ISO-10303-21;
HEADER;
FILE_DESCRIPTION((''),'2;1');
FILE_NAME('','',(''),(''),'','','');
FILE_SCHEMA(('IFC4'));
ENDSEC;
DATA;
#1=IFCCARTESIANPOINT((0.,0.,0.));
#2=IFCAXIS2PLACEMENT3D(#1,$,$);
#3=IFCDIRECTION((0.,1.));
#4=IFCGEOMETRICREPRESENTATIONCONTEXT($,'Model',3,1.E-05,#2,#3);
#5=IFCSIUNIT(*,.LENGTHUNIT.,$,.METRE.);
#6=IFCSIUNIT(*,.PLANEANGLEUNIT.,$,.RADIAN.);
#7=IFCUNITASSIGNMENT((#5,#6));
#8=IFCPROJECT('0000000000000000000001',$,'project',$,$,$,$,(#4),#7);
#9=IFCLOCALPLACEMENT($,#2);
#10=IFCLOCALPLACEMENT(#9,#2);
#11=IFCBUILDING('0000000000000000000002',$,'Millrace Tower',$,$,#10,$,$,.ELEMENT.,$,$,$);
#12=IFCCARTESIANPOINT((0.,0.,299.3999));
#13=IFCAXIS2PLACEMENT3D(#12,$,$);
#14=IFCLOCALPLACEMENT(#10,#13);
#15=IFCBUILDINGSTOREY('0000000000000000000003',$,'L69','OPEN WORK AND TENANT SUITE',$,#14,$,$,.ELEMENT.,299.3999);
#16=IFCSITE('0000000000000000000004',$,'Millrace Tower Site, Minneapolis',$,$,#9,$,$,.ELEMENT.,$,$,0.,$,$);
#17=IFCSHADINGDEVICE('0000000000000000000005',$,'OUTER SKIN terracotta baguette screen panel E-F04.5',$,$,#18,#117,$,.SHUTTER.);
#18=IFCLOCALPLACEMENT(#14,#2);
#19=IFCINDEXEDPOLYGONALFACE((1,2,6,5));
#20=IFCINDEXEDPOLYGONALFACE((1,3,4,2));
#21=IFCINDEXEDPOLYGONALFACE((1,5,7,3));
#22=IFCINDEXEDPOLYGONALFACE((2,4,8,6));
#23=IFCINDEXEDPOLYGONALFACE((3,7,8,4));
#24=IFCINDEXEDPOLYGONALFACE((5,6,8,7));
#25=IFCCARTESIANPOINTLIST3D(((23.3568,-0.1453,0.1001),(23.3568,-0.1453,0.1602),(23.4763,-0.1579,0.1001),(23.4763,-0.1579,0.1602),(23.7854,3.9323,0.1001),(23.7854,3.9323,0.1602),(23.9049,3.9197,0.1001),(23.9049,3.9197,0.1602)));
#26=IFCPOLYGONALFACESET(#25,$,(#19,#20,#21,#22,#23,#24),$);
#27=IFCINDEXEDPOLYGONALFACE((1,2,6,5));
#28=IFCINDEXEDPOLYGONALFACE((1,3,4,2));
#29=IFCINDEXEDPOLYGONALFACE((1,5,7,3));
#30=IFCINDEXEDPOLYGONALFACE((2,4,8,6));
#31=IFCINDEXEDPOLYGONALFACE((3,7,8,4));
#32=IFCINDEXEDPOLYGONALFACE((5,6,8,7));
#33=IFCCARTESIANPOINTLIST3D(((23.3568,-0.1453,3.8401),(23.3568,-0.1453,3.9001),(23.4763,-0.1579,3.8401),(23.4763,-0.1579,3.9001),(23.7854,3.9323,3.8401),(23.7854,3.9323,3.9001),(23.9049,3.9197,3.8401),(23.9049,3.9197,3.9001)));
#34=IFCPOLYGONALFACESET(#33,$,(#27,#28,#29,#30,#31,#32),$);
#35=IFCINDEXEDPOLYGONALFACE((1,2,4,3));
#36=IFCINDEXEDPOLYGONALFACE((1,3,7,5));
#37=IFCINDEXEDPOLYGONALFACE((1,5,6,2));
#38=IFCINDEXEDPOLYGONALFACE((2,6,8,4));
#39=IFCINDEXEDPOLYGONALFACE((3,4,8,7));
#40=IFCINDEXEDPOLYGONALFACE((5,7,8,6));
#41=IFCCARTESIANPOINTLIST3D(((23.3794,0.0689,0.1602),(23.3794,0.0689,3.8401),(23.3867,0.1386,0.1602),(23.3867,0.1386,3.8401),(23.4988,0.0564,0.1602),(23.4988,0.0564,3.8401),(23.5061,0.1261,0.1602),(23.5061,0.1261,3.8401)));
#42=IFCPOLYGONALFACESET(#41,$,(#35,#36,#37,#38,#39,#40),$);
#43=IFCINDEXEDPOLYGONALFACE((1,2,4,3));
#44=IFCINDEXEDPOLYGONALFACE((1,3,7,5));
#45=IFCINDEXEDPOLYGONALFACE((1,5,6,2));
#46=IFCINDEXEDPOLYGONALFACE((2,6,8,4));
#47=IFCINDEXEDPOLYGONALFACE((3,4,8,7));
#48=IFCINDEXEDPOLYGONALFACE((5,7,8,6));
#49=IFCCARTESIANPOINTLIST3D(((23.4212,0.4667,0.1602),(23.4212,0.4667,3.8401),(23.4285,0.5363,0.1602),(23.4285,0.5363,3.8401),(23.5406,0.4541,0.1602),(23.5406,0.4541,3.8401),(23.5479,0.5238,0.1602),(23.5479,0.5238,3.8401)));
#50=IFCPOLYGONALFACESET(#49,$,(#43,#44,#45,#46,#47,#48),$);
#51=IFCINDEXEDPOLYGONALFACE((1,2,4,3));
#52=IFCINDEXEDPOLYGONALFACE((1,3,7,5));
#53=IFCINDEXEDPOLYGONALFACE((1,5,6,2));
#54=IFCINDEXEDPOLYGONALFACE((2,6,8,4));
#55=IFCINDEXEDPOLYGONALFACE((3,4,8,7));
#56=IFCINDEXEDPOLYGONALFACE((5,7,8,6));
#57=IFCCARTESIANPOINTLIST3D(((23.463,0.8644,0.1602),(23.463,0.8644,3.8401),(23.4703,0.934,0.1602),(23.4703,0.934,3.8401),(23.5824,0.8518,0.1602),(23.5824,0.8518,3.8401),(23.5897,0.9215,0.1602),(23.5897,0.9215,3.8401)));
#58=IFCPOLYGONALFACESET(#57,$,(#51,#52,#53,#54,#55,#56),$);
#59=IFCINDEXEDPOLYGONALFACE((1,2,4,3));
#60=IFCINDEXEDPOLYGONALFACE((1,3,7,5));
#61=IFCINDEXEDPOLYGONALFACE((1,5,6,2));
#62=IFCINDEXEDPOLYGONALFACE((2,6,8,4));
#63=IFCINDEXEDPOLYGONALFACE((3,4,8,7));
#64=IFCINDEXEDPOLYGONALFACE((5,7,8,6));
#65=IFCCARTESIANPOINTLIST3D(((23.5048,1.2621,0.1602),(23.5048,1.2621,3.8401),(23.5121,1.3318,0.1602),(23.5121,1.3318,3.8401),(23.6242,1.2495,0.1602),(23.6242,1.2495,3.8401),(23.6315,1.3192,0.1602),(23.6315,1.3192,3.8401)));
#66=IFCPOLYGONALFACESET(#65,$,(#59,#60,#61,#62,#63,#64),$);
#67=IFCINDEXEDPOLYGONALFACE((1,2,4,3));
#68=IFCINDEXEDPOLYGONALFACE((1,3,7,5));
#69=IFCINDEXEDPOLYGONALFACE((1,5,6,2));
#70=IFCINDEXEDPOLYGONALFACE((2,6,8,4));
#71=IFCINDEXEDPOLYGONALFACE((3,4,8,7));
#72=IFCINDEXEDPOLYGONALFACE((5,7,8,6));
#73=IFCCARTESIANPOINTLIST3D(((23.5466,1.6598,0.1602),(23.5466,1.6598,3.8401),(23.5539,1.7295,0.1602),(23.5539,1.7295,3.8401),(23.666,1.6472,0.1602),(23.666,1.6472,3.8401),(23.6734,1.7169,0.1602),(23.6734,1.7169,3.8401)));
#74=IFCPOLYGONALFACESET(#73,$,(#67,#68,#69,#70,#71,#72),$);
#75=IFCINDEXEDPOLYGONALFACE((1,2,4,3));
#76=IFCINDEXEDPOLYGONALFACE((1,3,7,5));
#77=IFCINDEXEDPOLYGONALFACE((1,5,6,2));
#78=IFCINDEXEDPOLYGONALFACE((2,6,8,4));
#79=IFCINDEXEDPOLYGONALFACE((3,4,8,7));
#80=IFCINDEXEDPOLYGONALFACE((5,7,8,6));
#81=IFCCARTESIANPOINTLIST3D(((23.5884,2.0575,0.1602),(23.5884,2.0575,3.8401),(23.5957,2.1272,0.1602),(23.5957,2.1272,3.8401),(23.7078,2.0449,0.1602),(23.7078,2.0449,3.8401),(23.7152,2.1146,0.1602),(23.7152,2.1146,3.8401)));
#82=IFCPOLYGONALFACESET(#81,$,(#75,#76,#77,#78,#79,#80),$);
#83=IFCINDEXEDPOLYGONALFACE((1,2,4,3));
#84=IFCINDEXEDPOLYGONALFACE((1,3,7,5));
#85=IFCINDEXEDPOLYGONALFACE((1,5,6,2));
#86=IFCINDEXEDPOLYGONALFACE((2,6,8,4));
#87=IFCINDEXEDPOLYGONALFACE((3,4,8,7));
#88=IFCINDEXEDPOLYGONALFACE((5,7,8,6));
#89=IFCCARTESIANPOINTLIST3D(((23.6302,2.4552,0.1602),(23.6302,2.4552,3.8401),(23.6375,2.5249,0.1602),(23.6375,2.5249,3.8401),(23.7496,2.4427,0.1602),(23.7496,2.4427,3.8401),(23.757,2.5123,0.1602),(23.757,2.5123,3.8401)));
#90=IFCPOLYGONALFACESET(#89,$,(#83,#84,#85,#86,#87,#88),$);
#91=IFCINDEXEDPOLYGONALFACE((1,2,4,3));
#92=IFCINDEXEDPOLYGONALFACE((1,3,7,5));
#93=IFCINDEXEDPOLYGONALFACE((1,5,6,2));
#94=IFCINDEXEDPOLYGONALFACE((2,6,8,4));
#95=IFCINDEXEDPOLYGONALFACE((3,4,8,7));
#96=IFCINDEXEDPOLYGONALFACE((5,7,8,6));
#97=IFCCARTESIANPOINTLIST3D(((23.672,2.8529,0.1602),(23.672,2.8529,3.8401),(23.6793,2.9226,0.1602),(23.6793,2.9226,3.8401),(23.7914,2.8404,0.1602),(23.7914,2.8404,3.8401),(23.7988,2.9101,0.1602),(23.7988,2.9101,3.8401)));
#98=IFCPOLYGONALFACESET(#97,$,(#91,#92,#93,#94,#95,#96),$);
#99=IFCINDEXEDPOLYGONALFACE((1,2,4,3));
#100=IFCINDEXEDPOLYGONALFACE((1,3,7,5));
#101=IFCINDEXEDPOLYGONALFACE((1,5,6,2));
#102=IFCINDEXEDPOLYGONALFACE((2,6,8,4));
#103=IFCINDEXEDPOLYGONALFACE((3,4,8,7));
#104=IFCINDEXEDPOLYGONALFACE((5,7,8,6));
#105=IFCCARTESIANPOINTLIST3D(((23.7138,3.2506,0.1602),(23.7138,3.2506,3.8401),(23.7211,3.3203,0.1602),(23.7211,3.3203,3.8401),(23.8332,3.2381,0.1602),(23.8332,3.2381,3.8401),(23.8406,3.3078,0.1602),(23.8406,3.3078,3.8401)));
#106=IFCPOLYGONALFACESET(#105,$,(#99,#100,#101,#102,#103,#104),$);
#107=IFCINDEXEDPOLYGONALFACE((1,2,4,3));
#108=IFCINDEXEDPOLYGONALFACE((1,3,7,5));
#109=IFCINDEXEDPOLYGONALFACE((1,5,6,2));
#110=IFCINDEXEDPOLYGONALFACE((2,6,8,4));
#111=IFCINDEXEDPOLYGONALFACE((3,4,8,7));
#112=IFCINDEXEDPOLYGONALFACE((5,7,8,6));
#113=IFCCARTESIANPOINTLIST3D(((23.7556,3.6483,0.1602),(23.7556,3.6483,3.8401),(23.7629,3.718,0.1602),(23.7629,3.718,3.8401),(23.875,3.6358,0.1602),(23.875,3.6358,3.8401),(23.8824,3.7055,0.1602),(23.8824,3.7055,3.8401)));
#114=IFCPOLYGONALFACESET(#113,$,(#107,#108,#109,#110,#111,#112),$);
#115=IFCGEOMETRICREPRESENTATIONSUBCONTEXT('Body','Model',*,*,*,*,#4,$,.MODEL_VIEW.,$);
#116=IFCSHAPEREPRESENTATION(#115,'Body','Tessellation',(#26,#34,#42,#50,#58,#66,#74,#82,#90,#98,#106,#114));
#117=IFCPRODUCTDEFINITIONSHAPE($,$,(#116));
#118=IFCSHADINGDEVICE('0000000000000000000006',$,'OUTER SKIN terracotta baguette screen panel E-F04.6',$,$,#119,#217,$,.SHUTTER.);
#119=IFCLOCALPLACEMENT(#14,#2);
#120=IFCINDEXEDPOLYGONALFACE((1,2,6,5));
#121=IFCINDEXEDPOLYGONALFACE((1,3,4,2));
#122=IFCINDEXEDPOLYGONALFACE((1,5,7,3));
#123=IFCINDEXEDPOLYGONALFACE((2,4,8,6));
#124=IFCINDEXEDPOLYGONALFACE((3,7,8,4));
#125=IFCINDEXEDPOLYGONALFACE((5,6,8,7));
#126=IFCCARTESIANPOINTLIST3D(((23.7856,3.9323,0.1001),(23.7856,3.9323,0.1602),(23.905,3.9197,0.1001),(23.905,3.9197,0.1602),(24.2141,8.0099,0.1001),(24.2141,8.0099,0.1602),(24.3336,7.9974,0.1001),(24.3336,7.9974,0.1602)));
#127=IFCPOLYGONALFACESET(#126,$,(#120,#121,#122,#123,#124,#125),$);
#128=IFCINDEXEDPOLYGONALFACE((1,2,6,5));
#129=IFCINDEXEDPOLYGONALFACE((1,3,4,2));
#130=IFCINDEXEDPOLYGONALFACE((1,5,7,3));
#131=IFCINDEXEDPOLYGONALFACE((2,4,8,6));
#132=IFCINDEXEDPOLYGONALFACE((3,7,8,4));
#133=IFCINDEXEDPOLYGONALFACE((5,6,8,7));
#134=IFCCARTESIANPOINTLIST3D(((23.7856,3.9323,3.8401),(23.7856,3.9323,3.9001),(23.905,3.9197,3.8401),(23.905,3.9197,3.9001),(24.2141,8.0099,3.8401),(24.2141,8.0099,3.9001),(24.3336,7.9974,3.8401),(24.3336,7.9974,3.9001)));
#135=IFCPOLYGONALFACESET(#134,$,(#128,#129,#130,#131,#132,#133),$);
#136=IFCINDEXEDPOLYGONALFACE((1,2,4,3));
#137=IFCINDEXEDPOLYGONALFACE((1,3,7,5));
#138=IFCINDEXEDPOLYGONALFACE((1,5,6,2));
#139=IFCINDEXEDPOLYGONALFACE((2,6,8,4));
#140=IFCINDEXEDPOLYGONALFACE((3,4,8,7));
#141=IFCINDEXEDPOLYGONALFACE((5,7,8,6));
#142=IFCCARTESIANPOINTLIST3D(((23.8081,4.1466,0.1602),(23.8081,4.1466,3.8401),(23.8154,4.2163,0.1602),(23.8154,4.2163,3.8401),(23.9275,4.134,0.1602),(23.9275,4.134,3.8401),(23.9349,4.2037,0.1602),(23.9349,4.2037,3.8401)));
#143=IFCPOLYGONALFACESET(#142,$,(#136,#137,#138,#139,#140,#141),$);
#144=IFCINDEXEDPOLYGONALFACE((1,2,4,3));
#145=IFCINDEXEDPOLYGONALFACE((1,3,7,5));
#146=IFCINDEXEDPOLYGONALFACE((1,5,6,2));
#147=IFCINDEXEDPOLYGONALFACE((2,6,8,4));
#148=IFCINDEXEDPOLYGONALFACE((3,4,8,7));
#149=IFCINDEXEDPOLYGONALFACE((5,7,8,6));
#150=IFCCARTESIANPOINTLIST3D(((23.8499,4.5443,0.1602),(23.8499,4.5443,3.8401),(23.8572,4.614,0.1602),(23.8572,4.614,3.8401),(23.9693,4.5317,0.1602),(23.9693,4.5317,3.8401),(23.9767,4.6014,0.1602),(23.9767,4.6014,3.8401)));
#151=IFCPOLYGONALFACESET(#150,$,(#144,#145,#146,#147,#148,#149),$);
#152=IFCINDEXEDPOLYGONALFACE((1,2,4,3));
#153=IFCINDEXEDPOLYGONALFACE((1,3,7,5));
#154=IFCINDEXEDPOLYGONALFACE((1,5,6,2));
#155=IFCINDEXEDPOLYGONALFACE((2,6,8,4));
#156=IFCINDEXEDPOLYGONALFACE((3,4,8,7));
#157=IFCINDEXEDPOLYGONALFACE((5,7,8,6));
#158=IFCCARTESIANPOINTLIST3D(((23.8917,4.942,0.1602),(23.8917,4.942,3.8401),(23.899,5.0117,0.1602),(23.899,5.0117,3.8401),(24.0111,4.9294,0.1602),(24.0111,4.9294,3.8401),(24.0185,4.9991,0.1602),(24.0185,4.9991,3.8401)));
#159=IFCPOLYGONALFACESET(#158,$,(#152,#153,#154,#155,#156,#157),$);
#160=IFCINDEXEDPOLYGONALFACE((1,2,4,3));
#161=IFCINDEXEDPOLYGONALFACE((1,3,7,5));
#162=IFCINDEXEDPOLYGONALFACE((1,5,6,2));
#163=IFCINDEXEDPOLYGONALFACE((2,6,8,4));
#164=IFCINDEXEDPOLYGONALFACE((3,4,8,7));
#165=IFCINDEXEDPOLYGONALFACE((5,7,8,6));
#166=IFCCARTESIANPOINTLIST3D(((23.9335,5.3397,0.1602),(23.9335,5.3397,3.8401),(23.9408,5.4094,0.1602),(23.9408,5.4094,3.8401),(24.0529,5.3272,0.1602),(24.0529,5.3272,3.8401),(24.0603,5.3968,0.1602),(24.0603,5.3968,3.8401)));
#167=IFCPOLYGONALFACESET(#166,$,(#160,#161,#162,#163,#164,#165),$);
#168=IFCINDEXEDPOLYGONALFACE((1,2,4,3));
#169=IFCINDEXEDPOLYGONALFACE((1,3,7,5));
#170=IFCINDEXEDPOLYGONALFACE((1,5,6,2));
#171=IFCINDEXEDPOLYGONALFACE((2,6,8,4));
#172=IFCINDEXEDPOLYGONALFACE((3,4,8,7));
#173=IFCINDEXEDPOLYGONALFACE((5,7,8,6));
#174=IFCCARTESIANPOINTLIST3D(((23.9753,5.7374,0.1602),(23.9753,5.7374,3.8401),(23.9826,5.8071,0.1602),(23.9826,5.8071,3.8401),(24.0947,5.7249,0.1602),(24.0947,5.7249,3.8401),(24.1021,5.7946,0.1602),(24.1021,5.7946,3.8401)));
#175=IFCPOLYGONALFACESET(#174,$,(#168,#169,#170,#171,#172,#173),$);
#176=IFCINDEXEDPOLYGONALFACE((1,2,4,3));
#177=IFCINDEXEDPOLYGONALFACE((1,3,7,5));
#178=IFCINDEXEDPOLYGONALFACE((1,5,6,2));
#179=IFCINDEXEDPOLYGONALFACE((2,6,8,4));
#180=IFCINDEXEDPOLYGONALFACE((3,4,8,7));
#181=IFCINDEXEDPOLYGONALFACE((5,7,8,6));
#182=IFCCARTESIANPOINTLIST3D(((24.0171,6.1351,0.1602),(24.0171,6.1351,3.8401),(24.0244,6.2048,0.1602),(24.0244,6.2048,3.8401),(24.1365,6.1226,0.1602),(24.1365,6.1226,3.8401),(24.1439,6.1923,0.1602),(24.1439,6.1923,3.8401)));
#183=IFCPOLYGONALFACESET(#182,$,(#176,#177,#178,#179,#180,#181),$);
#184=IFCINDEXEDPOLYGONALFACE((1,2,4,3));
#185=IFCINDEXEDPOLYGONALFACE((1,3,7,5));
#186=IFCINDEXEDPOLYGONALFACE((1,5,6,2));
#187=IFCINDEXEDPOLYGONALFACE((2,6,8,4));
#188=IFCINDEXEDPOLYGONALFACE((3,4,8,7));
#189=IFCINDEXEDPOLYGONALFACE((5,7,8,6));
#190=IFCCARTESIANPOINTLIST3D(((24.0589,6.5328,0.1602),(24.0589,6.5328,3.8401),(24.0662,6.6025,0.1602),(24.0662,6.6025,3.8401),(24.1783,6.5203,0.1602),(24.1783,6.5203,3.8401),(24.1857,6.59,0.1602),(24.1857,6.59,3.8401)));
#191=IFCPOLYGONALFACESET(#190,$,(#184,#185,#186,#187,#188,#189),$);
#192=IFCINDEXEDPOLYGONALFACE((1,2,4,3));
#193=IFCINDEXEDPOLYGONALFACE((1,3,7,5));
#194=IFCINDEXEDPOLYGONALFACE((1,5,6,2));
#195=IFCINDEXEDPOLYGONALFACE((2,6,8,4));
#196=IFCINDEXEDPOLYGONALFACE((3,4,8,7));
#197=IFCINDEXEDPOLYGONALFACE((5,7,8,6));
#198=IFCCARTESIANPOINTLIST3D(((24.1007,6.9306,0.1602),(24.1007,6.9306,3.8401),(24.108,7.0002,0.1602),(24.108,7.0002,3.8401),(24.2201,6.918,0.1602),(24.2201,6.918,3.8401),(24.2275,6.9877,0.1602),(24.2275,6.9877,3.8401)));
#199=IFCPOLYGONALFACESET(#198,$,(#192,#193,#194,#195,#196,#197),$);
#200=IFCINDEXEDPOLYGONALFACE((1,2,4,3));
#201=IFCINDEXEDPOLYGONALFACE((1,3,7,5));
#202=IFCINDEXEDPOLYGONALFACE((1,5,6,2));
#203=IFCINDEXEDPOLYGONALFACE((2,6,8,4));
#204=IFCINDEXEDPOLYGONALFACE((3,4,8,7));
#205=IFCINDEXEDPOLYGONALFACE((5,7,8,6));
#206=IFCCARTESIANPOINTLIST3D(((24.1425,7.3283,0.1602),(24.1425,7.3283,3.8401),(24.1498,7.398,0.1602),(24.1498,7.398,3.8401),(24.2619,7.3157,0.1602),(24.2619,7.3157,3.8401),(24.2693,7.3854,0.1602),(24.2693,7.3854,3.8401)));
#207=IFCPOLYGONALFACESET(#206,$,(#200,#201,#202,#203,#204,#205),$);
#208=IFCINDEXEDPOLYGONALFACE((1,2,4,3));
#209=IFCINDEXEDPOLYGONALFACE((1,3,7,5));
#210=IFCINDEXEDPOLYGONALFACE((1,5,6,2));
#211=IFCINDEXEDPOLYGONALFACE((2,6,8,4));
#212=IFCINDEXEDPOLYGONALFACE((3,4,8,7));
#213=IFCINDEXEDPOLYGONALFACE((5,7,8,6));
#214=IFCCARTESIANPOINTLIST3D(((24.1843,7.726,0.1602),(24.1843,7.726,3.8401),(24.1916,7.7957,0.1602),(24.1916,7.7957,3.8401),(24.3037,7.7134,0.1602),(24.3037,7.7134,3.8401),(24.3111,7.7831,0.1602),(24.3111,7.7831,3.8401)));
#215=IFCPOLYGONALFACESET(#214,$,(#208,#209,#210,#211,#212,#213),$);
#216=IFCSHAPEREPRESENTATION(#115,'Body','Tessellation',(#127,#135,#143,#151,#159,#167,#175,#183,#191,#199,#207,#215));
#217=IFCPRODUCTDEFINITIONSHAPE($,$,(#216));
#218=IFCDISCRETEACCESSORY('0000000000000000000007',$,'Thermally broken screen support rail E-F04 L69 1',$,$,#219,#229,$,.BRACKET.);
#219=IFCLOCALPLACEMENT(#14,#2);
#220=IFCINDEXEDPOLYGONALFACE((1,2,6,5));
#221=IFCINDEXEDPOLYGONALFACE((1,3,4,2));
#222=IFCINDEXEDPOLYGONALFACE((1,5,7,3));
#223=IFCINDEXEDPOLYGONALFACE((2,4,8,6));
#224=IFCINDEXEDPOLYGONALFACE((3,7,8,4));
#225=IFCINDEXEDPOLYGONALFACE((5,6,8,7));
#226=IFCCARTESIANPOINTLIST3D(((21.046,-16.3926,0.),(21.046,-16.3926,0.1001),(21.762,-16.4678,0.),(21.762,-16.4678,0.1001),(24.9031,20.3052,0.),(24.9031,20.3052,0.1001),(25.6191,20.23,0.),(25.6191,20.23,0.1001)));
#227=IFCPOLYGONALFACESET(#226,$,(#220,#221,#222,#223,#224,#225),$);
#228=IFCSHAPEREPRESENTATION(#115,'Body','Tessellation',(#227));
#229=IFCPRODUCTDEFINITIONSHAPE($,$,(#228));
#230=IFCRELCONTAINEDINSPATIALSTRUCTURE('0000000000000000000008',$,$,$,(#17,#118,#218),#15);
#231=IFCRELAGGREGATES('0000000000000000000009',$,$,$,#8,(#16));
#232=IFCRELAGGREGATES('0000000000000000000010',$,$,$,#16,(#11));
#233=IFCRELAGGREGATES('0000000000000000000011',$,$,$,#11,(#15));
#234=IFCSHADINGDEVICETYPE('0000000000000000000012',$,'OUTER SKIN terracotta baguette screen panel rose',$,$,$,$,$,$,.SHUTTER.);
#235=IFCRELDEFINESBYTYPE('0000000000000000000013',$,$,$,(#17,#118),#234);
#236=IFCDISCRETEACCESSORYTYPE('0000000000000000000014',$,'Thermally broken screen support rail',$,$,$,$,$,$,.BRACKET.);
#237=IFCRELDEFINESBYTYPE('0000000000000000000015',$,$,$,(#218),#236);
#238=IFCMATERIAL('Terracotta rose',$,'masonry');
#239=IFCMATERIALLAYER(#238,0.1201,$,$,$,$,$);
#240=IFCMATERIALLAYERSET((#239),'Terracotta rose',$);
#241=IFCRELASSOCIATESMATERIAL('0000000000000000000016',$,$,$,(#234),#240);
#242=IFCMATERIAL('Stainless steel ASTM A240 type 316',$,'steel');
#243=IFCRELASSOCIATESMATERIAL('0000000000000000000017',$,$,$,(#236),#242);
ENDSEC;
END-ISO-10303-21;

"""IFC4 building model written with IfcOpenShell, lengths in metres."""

from ifc_helpers import new_model, entity, si_unit, direction, frame, frame_2d, origin, origin_2d, place, context, subcontext, project, spatial, rectangle, extrude, source, transform, mapped, material, layer, layer_set, type_object, element, save


model = new_model("IFC4")

# Units and contexts
model_context = context("Model", 3, precision=1e-05, world=origin(), true_north=direction((0.0, 1.0)))
body_context = subcontext(model_context, "Body", "Model", "MODEL_VIEW")
ifc_project = project(units=[si_unit("LENGTHUNIT", "METRE"), si_unit("PLANEANGLEUNIT", "RADIAN")], contexts=[model_context])

# Site, building, storey
site_placement = place(None, origin())
site = spatial("IfcSite", under=ifc_project, at=site_placement, Name="Millrace Tower Site, Minneapolis", CompositionType="ELEMENT", RefElevation=0.0)
building_placement = place(site_placement, origin())
building = spatial("IfcBuilding", under=site, at=building_placement, Name="Millrace Tower", CompositionType="ELEMENT")
storey_placement = place(building_placement, frame((0.0, 0.0, 299.3999)))
storey = spatial("IfcBuildingStorey", under=building, at=storey_placement, Name="L69", Description="OPEN WORK AND TENANT SUITE", CompositionType="ELEMENT", Elevation=299.3999)

# Shading devices
ifc_material_1 = material(Name="Terracotta rose", Category="masonry")
ifc_layer_1 = layer(ifc_material_1, 0.1201)
ifc_layer_set_1 = layer_set([ifc_layer_1], Name="Terracotta rose")
shading_device_type = type_object("IfcShadingDeviceType", Name="OUTER SKIN terracotta baguette screen panel rose", PredefinedType="SHUTTER", material=ifc_layer_set_1)
cartesian_point = entity("IfcCartesianPoint", [-2.05, 0.0601])
shared_polyline = entity("IfcPolyline", [cartesian_point, entity("IfcCartesianPoint", [2.05, 0.0601]), entity("IfcCartesianPoint", [2.05, -0.0601]), entity("IfcCartesianPoint", [-2.05, -0.0601]), cartesian_point])
shared_shape = source(origin(), body_context, "Body", "SweptSolid", [
    entity("IfcExtrudedAreaSolid", entity("IfcArbitraryClosedProfileDef", "AREA", None, shared_polyline), entity("IfcAxis2Placement3D", entity("IfcCartesianPoint", [0.0, 0.0, 0.0])), entity("IfcDirection", [0.0, 0.0, 1.0]), 0.0601),
    entity("IfcExtrudedAreaSolid", entity("IfcArbitraryClosedProfileDef", "AREA", None, shared_polyline), entity("IfcAxis2Placement3D", entity("IfcCartesianPoint", [0.0, 0.0, 3.74])), entity("IfcDirection", [0.0, 0.0, 1.0]), 0.0601),
    extrude(rectangle(XDim=0.0701, YDim=0.1201, at=frame_2d((-1.7996, 0.0))), frame((0.0, 0.0, 0.0601)), (0.0, 0.0, 1.0), 3.6799),
    extrude(rectangle(XDim=0.0701, YDim=0.1201, at=frame_2d((-1.3997, 0.0))), frame((0.0, 0.0, 0.0601)), (0.0, 0.0, 1.0), 3.6799),
    extrude(rectangle(XDim=0.0701, YDim=0.1201, at=frame_2d((-0.9998, 0.0))), frame((0.0, 0.0, 0.0601)), (0.0, 0.0, 1.0), 3.6799),
    extrude(rectangle(XDim=0.0701, YDim=0.1201, at=frame_2d((-0.5999, 0.0))), frame((0.0, 0.0, 0.0601)), (0.0, 0.0, 1.0), 3.6799),
    extrude(rectangle(XDim=0.0701, YDim=0.1201, at=frame_2d((-0.2, 0.0))), frame((0.0, 0.0, 0.0601)), (0.0, 0.0, 1.0), 3.6799),
    extrude(rectangle(XDim=0.0701, YDim=0.1201, at=frame_2d((0.2, 0.0))), frame((0.0, 0.0, 0.0601)), (0.0, 0.0, 1.0), 3.6799),
    extrude(rectangle(XDim=0.0701, YDim=0.1201, at=frame_2d((0.5999, 0.0))), frame((0.0, 0.0, 0.0601)), (0.0, 0.0, 1.0), 3.6799),
    extrude(rectangle(XDim=0.0701, YDim=0.1201, at=frame_2d((0.9998, 0.0))), frame((0.0, 0.0, 0.0601)), (0.0, 0.0, 1.0), 3.6799),
    extrude(rectangle(XDim=0.0701, YDim=0.1201, at=frame_2d((1.3997, 0.0))), frame((0.0, 0.0, 0.0601)), (0.0, 0.0, 1.0), 3.6799),
    extrude(rectangle(XDim=0.0701, YDim=0.1201, at=frame_2d((1.7996, 0.0))), frame((0.0, 0.0, 0.0601)), (0.0, 0.0, 1.0), 3.6799),
])
for number, where, z_axis, x_axis, name in (
    (1, (23.6309, 1.8872, 0.1001), (0.0, 0.0, 1.0), (0.104528, 0.994522, 0.0), "OUTER SKIN terracotta baguette screen panel E-F04.5"),
    (2, (24.0596, 5.9648, 0.1001), (0.0, 0.0, 1.0), (0.104528, 0.994522, 0.0), "OUTER SKIN terracotta baguette screen panel E-F04.6"),
):
    element("IfcShadingDevice", number, at=place(storey_placement, frame(where, z_axis=z_axis, x_axis=x_axis)), inside=storey, type_object=shading_device_type, Name=name, PredefinedType="SHUTTER", context=body_context, shape_type="MappedRepresentation", body=[
        mapped(shared_shape, transform((0.0, 0.0, 0.0), scale=1.0)),
    ])

# Discrete accessory
ifc_material_2 = material(Name="Stainless steel ASTM A240 type 316", Category="steel")
discrete_accessory_type = type_object("IfcDiscreteAccessoryType", Name="Thermally broken screen support rail", PredefinedType="BRACKET", material=ifc_material_2)
discrete_accessory_placement = place(storey_placement, frame((23.3325, 1.9187, 0.0), z_axis=(0.0, 0.0, 1.0), x_axis=(0.104528, 0.994522, 0.0)))
element("IfcDiscreteAccessory", 3, at=discrete_accessory_placement, inside=storey, type_object=discrete_accessory_type, Name="Thermally broken screen support rail E-F04 L69 1", PredefinedType="BRACKET", context=body_context, shape_type="SweptSolid", body=[
    extrude(rectangle(XDim=36.8999, YDim=0.72, at=origin_2d()), origin(), (0.0, 0.0, 1.0), 0.1001),
])

save(model, "model.ifc")
